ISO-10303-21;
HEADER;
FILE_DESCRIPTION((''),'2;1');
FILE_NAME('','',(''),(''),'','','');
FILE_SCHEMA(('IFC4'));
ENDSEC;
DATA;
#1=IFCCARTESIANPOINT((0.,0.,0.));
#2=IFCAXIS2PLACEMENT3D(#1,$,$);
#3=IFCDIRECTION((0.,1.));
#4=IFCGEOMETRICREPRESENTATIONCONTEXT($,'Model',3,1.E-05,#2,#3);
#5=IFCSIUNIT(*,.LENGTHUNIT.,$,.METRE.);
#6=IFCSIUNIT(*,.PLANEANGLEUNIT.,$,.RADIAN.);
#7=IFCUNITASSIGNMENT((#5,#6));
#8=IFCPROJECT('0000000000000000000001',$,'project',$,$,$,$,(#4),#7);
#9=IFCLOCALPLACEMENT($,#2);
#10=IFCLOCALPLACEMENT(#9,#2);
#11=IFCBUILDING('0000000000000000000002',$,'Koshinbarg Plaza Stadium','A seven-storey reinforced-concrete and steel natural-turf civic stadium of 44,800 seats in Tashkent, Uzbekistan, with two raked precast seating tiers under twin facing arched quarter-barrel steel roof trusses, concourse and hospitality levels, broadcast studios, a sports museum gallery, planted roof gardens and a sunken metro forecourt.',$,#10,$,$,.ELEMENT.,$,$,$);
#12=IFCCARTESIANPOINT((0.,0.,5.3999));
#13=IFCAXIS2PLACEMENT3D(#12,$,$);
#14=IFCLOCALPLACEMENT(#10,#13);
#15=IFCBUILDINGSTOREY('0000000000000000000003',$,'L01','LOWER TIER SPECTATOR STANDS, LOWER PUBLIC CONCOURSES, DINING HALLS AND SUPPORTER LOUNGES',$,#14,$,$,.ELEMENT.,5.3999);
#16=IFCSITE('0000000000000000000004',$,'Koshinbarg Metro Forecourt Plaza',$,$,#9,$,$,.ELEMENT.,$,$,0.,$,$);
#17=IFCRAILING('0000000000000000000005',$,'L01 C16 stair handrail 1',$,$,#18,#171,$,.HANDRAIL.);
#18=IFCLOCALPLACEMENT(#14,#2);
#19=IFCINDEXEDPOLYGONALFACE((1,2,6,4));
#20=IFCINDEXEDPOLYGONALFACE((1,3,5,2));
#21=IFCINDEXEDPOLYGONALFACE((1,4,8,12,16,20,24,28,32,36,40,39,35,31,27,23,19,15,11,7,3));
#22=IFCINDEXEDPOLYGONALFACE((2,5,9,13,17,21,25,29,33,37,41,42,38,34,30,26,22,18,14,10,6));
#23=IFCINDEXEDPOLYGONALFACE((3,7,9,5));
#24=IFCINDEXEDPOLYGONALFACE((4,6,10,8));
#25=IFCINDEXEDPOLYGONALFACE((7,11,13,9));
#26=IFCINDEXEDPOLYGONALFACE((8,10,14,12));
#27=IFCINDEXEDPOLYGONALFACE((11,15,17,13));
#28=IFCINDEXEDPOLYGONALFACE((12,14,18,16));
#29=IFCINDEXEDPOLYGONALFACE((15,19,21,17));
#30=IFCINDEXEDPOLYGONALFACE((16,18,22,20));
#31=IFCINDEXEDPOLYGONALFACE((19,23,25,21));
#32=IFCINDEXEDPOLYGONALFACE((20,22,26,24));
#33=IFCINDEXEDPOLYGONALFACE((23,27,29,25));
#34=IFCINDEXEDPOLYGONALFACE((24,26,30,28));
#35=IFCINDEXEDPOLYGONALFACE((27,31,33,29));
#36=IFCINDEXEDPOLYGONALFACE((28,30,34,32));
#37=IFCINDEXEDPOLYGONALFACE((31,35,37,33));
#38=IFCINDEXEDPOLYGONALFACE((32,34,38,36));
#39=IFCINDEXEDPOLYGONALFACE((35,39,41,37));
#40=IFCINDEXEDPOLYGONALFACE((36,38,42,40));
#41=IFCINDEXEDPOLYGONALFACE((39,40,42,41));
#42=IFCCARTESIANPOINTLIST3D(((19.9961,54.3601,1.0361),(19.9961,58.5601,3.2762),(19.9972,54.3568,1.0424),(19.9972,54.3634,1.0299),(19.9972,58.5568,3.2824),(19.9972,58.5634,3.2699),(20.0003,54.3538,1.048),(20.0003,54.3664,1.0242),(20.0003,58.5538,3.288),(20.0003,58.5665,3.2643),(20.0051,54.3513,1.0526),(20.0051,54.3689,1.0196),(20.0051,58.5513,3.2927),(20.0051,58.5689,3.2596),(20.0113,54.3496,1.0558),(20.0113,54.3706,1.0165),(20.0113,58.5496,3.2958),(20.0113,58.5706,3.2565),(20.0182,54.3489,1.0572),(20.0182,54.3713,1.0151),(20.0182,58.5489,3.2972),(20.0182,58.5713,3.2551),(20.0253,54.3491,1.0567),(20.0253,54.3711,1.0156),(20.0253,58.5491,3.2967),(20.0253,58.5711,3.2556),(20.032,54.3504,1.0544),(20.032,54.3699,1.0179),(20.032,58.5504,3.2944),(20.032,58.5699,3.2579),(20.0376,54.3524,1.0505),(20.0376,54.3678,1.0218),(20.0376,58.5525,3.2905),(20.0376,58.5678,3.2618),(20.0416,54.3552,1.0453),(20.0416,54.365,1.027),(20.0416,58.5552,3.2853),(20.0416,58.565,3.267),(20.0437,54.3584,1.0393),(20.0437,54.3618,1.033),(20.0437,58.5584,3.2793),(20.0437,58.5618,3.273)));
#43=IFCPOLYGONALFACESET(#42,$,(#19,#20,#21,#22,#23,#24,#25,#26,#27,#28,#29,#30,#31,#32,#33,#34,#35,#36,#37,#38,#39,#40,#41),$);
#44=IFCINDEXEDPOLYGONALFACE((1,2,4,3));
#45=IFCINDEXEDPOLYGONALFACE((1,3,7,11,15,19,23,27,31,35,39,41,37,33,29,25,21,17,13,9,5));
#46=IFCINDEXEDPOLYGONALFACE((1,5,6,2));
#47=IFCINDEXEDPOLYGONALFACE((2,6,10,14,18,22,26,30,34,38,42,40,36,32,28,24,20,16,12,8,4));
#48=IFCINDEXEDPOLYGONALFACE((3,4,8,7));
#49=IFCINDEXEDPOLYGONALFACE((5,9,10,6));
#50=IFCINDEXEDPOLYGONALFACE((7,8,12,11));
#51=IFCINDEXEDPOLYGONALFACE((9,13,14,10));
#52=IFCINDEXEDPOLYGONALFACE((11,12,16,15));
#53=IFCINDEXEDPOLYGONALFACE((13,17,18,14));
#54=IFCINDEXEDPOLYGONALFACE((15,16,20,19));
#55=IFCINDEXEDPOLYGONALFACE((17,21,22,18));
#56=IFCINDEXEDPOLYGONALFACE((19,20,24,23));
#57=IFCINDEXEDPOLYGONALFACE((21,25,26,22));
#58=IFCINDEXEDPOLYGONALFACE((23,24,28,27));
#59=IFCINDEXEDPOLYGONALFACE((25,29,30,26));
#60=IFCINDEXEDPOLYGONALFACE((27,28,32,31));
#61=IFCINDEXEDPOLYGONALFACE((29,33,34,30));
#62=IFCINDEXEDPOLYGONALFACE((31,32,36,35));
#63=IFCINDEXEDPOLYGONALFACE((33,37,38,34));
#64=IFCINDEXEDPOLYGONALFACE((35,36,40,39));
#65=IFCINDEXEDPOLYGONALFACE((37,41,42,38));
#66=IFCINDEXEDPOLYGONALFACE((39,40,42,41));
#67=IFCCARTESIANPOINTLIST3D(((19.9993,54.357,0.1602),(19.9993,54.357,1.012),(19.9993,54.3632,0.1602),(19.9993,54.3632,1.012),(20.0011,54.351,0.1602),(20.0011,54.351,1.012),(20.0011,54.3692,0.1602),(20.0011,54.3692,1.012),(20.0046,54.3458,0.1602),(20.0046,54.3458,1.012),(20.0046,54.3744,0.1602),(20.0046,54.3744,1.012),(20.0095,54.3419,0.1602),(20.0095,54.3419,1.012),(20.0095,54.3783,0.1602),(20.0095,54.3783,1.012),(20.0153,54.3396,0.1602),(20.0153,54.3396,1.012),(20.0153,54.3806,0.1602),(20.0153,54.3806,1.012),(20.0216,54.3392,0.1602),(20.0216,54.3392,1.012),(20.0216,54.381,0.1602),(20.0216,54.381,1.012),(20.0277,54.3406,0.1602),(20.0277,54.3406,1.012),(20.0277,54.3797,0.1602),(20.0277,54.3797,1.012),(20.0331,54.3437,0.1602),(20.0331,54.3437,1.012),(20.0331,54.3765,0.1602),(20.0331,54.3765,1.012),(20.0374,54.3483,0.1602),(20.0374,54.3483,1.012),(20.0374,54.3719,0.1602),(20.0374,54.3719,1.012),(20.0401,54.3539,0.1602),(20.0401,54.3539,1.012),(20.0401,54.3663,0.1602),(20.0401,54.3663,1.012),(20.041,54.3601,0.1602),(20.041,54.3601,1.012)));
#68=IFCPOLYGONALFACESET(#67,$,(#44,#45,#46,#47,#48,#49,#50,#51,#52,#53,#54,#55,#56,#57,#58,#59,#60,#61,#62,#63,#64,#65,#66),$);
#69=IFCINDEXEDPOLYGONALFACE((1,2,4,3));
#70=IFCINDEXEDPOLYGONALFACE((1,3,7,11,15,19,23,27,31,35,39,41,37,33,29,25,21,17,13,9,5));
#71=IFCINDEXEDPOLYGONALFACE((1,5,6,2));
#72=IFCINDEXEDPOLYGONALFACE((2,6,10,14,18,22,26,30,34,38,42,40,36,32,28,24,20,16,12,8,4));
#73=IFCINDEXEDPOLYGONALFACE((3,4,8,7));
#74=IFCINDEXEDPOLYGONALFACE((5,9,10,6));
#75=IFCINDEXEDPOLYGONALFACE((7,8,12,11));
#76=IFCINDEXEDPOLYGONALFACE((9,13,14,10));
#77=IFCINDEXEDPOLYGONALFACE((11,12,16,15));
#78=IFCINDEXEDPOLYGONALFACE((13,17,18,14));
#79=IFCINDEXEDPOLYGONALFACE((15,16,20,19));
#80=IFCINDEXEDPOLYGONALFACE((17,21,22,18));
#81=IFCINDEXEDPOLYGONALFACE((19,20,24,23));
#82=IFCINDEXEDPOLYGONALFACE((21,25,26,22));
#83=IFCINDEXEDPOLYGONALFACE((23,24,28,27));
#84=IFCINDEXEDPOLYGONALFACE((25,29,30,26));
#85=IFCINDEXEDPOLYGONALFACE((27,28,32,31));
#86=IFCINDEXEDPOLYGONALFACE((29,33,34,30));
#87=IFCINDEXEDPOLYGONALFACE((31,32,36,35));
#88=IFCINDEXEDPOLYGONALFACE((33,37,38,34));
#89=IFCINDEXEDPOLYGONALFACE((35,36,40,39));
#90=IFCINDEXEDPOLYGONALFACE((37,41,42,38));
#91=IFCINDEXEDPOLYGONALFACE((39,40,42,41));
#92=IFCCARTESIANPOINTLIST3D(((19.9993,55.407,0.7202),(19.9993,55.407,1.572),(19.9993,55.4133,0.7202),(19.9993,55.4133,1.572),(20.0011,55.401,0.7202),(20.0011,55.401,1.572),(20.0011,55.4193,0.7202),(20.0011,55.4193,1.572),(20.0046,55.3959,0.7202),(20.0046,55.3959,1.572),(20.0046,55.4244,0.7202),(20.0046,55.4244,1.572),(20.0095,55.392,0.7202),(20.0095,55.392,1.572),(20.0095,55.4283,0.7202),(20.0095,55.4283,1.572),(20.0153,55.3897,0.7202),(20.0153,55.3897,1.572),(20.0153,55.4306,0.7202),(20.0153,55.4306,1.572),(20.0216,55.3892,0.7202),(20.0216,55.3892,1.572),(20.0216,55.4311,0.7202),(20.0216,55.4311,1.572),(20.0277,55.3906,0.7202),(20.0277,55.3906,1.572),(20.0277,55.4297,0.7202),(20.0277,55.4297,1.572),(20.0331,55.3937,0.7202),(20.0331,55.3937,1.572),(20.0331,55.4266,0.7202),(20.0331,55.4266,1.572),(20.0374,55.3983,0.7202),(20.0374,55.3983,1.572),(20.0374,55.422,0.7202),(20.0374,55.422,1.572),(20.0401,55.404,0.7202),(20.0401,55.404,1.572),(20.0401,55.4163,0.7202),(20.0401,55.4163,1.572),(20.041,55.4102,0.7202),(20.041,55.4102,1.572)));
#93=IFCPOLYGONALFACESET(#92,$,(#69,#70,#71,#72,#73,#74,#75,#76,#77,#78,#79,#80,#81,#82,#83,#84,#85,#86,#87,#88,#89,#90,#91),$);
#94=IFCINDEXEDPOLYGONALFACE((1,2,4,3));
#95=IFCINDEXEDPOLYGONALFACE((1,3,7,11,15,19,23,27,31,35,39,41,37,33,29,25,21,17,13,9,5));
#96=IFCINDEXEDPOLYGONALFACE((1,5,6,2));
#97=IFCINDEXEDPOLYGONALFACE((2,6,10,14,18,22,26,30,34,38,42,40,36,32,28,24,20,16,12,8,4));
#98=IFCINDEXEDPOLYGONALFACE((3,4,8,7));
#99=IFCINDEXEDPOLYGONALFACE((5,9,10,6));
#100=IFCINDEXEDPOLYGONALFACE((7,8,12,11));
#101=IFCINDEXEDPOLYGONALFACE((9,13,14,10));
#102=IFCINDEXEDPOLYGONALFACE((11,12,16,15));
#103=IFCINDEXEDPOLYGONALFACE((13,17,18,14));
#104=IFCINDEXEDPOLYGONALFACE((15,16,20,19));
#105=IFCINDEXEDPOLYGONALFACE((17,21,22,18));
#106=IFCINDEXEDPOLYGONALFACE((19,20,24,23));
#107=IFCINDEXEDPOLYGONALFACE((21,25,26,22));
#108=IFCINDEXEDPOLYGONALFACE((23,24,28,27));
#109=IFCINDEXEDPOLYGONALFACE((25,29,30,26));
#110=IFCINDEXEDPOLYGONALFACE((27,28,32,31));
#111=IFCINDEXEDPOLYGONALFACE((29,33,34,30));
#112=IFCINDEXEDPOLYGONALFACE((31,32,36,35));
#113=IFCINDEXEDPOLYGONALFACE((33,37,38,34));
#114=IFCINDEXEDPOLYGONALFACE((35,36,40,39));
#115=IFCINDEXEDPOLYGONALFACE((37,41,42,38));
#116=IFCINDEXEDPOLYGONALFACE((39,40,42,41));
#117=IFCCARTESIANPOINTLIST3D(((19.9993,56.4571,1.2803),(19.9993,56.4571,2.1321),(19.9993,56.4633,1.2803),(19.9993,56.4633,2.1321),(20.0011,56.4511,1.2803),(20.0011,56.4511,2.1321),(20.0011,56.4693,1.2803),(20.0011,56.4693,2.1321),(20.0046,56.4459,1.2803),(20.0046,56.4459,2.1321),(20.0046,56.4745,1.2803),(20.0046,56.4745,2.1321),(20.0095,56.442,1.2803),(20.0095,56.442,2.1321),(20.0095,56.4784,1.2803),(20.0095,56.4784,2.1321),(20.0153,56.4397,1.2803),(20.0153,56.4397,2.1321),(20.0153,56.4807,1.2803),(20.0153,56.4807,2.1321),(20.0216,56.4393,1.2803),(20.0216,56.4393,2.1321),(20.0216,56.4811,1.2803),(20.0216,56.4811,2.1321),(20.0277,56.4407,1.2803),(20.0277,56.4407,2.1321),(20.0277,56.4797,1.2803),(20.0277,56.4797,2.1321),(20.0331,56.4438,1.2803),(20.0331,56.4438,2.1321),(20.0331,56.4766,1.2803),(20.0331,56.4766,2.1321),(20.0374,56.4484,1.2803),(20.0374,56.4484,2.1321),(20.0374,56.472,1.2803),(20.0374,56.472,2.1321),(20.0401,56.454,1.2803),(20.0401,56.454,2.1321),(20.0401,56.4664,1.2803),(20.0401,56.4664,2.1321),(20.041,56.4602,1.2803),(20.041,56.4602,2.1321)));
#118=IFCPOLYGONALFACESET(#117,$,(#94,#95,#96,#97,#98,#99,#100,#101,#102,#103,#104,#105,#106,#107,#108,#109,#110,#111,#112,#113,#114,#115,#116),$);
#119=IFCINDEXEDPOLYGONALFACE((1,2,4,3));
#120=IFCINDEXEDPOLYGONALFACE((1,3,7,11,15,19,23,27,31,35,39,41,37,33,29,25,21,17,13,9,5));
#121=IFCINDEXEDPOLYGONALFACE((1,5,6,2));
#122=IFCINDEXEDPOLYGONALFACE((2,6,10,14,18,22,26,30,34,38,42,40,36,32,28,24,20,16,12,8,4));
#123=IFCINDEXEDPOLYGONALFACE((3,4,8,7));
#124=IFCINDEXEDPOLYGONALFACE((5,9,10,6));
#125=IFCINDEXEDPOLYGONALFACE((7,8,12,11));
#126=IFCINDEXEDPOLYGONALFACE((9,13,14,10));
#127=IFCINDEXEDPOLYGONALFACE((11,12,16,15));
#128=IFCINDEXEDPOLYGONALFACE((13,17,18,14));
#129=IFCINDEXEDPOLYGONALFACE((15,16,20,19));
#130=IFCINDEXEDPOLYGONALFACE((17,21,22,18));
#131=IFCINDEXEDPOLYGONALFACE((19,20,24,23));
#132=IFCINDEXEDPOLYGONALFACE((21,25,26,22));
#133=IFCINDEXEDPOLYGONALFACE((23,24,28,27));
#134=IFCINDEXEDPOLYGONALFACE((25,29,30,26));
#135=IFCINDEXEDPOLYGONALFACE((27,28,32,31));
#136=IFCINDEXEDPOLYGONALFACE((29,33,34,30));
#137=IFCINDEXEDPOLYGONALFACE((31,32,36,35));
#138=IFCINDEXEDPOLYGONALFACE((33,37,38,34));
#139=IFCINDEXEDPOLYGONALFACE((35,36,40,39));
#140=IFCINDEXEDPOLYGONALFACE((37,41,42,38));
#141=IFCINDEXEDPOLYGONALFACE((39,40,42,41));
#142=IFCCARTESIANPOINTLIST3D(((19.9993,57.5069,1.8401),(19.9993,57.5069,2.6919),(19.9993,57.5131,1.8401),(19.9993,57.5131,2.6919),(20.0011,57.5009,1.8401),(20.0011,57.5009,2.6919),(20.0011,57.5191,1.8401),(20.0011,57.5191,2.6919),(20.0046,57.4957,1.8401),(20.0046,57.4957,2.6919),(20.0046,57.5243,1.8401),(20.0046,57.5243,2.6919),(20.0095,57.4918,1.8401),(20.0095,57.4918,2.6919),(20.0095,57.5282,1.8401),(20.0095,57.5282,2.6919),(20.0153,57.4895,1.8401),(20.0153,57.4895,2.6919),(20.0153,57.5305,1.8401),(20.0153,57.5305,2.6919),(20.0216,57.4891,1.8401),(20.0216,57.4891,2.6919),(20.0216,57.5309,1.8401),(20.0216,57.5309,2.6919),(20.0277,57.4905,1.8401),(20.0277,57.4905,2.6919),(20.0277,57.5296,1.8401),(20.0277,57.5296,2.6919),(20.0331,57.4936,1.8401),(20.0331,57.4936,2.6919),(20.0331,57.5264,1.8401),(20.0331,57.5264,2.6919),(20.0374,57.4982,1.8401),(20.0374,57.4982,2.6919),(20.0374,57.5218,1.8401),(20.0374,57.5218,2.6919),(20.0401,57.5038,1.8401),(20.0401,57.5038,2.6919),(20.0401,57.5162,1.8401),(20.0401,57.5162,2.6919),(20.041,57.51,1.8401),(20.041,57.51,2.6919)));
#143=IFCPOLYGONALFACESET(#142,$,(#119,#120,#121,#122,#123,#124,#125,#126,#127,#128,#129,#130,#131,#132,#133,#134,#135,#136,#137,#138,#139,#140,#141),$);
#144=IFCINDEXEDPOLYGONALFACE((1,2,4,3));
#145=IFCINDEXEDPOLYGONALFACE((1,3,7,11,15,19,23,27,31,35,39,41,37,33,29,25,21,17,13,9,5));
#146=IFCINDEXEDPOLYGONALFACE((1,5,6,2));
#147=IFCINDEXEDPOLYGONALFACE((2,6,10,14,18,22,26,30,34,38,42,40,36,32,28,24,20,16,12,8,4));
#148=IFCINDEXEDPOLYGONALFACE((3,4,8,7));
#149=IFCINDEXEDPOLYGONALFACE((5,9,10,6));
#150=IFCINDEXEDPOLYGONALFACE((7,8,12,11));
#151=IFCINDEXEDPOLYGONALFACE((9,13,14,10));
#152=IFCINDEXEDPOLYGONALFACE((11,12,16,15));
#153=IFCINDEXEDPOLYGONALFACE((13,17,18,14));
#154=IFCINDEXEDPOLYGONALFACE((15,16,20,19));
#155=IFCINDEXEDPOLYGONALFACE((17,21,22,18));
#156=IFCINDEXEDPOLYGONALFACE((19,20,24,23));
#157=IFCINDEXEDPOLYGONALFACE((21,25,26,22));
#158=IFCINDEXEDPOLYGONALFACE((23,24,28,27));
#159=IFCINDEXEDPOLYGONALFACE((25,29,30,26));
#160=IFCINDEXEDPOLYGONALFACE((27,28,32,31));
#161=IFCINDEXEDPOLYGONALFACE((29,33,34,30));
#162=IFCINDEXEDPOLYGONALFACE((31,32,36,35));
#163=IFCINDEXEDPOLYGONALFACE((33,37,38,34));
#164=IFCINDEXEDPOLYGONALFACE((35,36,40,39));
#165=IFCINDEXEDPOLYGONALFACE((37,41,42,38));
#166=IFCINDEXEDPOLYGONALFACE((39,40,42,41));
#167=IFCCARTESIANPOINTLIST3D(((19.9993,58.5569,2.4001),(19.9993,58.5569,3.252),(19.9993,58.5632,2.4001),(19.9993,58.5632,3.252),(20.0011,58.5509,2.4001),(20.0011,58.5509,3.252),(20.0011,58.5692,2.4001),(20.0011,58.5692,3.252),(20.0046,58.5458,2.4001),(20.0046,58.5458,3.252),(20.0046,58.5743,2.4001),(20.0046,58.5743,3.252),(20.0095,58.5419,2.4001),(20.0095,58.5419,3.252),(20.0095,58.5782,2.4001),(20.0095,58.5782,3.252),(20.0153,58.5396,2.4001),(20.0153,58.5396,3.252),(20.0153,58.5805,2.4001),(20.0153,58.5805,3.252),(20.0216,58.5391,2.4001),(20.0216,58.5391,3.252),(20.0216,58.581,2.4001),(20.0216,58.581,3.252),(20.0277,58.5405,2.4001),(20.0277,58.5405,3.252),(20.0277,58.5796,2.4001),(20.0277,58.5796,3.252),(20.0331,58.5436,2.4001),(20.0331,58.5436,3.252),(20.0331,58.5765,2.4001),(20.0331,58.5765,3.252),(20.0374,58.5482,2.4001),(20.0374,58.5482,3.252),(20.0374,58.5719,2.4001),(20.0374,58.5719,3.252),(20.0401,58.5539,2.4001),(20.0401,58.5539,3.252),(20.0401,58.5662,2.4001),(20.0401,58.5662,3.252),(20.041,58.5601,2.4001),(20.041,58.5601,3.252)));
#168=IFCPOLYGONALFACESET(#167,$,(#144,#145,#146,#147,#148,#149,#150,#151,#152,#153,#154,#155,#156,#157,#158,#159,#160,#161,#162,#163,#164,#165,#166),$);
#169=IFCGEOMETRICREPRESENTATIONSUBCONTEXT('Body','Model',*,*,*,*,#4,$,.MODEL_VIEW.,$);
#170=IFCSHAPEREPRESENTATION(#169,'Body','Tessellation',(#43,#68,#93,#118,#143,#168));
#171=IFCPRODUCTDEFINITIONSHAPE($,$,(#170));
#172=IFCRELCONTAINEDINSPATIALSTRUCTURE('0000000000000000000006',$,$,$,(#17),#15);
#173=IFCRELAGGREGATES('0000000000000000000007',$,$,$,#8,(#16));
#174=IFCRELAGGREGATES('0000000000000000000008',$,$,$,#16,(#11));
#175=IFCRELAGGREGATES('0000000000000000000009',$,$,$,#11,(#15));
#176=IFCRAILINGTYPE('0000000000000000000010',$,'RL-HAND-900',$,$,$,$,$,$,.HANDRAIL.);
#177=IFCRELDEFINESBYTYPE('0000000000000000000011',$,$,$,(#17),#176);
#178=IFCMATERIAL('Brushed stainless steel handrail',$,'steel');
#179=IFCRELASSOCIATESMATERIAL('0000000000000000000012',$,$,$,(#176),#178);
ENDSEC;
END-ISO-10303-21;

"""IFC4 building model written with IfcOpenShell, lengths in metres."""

from ifc_helpers import new_model, si_unit, direction, frame, origin, origin_2d, place, context, subcontext, project, spatial, circle, extrude, material, type_object, element, save


model = new_model("IFC4")

# Units and contexts
model_context = context("Model", 3, precision=1e-05, world=origin(), true_north=direction((0.0, 1.0)))
body_context = subcontext(model_context, "Body", "Model", "MODEL_VIEW")
ifc_project = project(units=[si_unit("LENGTHUNIT", "METRE"), si_unit("PLANEANGLEUNIT", "RADIAN")], contexts=[model_context])

# Site, building, storey
site_placement = place(None, origin())
site = spatial("IfcSite", under=ifc_project, at=site_placement, Name="Koshinbarg Metro Forecourt Plaza", CompositionType="ELEMENT", RefElevation=0.0)
building_placement = place(site_placement, origin())
building = spatial("IfcBuilding", under=site, at=building_placement, Name="Koshinbarg Plaza Stadium", Description="A seven-storey reinforced-concrete and steel natural-turf civic stadium of 44,800 seats in Tashkent, Uzbekistan, with two raked precast seating tiers under twin facing arched quarter-barrel steel roof trusses, concourse and hospitality levels, broadcast studios, a sports museum gallery, planted roof gardens and a sunken metro forecourt.", CompositionType="ELEMENT")
storey_placement = place(building_placement, frame((0.0, 0.0, 5.3999)))
storey = spatial("IfcBuildingStorey", under=building, at=storey_placement, Name="L01", Description="LOWER TIER SPECTATOR STANDS, LOWER PUBLIC CONCOURSES, DINING HALLS AND SUPPORTER LOUNGES", CompositionType="ELEMENT", Elevation=5.3999)

# Railing
ifc_material_1 = material(Name="Brushed stainless steel handrail", Category="steel")
railing_type_1 = type_object("IfcRailingType", Name="RL-HAND-900", PredefinedType="HANDRAIL", material=ifc_material_1)
railing_1_placement = place(storey_placement, frame((20.02, 54.3601, 0.1602)))
element("IfcRailing", 1, at=railing_1_placement, inside=storey, type_object=railing_type_1, Name="L01 C16 stair handrail 1", PredefinedType="HANDRAIL", context=body_context, shape_type="SweptSolid", body=[
    extrude(circle(Radius=0.0239, at=origin_2d()), frame((0.0, 0.0, 0.876), z_axis=(0.0, 0.882352, 0.470591), x_axis=(-1.0, 0.0, 0.0)), (0.0, 0.0, 1.0), 4.76),
    extrude(circle(Radius=0.021, at=origin_2d()), origin(), (0.0, 0.0, 1.0), 0.8518),
    extrude(circle(Radius=0.021, at=origin_2d()), frame((0.0, 1.05, 0.5601)), (0.0, 0.0, 1.0), 0.8518),
    extrude(circle(Radius=0.021, at=origin_2d()), frame((0.0, 2.1001, 1.1201)), (0.0, 0.0, 1.0), 0.8518),
    extrude(circle(Radius=0.021, at=origin_2d()), frame((0.0, 3.1499, 1.6799)), (0.0, 0.0, 1.0), 0.8518),
    extrude(circle(Radius=0.021, at=origin_2d()), frame((0.0, 4.2, 2.24)), (0.0, 0.0, 1.0), 0.8518),
])

save(model, "model.ifc")
